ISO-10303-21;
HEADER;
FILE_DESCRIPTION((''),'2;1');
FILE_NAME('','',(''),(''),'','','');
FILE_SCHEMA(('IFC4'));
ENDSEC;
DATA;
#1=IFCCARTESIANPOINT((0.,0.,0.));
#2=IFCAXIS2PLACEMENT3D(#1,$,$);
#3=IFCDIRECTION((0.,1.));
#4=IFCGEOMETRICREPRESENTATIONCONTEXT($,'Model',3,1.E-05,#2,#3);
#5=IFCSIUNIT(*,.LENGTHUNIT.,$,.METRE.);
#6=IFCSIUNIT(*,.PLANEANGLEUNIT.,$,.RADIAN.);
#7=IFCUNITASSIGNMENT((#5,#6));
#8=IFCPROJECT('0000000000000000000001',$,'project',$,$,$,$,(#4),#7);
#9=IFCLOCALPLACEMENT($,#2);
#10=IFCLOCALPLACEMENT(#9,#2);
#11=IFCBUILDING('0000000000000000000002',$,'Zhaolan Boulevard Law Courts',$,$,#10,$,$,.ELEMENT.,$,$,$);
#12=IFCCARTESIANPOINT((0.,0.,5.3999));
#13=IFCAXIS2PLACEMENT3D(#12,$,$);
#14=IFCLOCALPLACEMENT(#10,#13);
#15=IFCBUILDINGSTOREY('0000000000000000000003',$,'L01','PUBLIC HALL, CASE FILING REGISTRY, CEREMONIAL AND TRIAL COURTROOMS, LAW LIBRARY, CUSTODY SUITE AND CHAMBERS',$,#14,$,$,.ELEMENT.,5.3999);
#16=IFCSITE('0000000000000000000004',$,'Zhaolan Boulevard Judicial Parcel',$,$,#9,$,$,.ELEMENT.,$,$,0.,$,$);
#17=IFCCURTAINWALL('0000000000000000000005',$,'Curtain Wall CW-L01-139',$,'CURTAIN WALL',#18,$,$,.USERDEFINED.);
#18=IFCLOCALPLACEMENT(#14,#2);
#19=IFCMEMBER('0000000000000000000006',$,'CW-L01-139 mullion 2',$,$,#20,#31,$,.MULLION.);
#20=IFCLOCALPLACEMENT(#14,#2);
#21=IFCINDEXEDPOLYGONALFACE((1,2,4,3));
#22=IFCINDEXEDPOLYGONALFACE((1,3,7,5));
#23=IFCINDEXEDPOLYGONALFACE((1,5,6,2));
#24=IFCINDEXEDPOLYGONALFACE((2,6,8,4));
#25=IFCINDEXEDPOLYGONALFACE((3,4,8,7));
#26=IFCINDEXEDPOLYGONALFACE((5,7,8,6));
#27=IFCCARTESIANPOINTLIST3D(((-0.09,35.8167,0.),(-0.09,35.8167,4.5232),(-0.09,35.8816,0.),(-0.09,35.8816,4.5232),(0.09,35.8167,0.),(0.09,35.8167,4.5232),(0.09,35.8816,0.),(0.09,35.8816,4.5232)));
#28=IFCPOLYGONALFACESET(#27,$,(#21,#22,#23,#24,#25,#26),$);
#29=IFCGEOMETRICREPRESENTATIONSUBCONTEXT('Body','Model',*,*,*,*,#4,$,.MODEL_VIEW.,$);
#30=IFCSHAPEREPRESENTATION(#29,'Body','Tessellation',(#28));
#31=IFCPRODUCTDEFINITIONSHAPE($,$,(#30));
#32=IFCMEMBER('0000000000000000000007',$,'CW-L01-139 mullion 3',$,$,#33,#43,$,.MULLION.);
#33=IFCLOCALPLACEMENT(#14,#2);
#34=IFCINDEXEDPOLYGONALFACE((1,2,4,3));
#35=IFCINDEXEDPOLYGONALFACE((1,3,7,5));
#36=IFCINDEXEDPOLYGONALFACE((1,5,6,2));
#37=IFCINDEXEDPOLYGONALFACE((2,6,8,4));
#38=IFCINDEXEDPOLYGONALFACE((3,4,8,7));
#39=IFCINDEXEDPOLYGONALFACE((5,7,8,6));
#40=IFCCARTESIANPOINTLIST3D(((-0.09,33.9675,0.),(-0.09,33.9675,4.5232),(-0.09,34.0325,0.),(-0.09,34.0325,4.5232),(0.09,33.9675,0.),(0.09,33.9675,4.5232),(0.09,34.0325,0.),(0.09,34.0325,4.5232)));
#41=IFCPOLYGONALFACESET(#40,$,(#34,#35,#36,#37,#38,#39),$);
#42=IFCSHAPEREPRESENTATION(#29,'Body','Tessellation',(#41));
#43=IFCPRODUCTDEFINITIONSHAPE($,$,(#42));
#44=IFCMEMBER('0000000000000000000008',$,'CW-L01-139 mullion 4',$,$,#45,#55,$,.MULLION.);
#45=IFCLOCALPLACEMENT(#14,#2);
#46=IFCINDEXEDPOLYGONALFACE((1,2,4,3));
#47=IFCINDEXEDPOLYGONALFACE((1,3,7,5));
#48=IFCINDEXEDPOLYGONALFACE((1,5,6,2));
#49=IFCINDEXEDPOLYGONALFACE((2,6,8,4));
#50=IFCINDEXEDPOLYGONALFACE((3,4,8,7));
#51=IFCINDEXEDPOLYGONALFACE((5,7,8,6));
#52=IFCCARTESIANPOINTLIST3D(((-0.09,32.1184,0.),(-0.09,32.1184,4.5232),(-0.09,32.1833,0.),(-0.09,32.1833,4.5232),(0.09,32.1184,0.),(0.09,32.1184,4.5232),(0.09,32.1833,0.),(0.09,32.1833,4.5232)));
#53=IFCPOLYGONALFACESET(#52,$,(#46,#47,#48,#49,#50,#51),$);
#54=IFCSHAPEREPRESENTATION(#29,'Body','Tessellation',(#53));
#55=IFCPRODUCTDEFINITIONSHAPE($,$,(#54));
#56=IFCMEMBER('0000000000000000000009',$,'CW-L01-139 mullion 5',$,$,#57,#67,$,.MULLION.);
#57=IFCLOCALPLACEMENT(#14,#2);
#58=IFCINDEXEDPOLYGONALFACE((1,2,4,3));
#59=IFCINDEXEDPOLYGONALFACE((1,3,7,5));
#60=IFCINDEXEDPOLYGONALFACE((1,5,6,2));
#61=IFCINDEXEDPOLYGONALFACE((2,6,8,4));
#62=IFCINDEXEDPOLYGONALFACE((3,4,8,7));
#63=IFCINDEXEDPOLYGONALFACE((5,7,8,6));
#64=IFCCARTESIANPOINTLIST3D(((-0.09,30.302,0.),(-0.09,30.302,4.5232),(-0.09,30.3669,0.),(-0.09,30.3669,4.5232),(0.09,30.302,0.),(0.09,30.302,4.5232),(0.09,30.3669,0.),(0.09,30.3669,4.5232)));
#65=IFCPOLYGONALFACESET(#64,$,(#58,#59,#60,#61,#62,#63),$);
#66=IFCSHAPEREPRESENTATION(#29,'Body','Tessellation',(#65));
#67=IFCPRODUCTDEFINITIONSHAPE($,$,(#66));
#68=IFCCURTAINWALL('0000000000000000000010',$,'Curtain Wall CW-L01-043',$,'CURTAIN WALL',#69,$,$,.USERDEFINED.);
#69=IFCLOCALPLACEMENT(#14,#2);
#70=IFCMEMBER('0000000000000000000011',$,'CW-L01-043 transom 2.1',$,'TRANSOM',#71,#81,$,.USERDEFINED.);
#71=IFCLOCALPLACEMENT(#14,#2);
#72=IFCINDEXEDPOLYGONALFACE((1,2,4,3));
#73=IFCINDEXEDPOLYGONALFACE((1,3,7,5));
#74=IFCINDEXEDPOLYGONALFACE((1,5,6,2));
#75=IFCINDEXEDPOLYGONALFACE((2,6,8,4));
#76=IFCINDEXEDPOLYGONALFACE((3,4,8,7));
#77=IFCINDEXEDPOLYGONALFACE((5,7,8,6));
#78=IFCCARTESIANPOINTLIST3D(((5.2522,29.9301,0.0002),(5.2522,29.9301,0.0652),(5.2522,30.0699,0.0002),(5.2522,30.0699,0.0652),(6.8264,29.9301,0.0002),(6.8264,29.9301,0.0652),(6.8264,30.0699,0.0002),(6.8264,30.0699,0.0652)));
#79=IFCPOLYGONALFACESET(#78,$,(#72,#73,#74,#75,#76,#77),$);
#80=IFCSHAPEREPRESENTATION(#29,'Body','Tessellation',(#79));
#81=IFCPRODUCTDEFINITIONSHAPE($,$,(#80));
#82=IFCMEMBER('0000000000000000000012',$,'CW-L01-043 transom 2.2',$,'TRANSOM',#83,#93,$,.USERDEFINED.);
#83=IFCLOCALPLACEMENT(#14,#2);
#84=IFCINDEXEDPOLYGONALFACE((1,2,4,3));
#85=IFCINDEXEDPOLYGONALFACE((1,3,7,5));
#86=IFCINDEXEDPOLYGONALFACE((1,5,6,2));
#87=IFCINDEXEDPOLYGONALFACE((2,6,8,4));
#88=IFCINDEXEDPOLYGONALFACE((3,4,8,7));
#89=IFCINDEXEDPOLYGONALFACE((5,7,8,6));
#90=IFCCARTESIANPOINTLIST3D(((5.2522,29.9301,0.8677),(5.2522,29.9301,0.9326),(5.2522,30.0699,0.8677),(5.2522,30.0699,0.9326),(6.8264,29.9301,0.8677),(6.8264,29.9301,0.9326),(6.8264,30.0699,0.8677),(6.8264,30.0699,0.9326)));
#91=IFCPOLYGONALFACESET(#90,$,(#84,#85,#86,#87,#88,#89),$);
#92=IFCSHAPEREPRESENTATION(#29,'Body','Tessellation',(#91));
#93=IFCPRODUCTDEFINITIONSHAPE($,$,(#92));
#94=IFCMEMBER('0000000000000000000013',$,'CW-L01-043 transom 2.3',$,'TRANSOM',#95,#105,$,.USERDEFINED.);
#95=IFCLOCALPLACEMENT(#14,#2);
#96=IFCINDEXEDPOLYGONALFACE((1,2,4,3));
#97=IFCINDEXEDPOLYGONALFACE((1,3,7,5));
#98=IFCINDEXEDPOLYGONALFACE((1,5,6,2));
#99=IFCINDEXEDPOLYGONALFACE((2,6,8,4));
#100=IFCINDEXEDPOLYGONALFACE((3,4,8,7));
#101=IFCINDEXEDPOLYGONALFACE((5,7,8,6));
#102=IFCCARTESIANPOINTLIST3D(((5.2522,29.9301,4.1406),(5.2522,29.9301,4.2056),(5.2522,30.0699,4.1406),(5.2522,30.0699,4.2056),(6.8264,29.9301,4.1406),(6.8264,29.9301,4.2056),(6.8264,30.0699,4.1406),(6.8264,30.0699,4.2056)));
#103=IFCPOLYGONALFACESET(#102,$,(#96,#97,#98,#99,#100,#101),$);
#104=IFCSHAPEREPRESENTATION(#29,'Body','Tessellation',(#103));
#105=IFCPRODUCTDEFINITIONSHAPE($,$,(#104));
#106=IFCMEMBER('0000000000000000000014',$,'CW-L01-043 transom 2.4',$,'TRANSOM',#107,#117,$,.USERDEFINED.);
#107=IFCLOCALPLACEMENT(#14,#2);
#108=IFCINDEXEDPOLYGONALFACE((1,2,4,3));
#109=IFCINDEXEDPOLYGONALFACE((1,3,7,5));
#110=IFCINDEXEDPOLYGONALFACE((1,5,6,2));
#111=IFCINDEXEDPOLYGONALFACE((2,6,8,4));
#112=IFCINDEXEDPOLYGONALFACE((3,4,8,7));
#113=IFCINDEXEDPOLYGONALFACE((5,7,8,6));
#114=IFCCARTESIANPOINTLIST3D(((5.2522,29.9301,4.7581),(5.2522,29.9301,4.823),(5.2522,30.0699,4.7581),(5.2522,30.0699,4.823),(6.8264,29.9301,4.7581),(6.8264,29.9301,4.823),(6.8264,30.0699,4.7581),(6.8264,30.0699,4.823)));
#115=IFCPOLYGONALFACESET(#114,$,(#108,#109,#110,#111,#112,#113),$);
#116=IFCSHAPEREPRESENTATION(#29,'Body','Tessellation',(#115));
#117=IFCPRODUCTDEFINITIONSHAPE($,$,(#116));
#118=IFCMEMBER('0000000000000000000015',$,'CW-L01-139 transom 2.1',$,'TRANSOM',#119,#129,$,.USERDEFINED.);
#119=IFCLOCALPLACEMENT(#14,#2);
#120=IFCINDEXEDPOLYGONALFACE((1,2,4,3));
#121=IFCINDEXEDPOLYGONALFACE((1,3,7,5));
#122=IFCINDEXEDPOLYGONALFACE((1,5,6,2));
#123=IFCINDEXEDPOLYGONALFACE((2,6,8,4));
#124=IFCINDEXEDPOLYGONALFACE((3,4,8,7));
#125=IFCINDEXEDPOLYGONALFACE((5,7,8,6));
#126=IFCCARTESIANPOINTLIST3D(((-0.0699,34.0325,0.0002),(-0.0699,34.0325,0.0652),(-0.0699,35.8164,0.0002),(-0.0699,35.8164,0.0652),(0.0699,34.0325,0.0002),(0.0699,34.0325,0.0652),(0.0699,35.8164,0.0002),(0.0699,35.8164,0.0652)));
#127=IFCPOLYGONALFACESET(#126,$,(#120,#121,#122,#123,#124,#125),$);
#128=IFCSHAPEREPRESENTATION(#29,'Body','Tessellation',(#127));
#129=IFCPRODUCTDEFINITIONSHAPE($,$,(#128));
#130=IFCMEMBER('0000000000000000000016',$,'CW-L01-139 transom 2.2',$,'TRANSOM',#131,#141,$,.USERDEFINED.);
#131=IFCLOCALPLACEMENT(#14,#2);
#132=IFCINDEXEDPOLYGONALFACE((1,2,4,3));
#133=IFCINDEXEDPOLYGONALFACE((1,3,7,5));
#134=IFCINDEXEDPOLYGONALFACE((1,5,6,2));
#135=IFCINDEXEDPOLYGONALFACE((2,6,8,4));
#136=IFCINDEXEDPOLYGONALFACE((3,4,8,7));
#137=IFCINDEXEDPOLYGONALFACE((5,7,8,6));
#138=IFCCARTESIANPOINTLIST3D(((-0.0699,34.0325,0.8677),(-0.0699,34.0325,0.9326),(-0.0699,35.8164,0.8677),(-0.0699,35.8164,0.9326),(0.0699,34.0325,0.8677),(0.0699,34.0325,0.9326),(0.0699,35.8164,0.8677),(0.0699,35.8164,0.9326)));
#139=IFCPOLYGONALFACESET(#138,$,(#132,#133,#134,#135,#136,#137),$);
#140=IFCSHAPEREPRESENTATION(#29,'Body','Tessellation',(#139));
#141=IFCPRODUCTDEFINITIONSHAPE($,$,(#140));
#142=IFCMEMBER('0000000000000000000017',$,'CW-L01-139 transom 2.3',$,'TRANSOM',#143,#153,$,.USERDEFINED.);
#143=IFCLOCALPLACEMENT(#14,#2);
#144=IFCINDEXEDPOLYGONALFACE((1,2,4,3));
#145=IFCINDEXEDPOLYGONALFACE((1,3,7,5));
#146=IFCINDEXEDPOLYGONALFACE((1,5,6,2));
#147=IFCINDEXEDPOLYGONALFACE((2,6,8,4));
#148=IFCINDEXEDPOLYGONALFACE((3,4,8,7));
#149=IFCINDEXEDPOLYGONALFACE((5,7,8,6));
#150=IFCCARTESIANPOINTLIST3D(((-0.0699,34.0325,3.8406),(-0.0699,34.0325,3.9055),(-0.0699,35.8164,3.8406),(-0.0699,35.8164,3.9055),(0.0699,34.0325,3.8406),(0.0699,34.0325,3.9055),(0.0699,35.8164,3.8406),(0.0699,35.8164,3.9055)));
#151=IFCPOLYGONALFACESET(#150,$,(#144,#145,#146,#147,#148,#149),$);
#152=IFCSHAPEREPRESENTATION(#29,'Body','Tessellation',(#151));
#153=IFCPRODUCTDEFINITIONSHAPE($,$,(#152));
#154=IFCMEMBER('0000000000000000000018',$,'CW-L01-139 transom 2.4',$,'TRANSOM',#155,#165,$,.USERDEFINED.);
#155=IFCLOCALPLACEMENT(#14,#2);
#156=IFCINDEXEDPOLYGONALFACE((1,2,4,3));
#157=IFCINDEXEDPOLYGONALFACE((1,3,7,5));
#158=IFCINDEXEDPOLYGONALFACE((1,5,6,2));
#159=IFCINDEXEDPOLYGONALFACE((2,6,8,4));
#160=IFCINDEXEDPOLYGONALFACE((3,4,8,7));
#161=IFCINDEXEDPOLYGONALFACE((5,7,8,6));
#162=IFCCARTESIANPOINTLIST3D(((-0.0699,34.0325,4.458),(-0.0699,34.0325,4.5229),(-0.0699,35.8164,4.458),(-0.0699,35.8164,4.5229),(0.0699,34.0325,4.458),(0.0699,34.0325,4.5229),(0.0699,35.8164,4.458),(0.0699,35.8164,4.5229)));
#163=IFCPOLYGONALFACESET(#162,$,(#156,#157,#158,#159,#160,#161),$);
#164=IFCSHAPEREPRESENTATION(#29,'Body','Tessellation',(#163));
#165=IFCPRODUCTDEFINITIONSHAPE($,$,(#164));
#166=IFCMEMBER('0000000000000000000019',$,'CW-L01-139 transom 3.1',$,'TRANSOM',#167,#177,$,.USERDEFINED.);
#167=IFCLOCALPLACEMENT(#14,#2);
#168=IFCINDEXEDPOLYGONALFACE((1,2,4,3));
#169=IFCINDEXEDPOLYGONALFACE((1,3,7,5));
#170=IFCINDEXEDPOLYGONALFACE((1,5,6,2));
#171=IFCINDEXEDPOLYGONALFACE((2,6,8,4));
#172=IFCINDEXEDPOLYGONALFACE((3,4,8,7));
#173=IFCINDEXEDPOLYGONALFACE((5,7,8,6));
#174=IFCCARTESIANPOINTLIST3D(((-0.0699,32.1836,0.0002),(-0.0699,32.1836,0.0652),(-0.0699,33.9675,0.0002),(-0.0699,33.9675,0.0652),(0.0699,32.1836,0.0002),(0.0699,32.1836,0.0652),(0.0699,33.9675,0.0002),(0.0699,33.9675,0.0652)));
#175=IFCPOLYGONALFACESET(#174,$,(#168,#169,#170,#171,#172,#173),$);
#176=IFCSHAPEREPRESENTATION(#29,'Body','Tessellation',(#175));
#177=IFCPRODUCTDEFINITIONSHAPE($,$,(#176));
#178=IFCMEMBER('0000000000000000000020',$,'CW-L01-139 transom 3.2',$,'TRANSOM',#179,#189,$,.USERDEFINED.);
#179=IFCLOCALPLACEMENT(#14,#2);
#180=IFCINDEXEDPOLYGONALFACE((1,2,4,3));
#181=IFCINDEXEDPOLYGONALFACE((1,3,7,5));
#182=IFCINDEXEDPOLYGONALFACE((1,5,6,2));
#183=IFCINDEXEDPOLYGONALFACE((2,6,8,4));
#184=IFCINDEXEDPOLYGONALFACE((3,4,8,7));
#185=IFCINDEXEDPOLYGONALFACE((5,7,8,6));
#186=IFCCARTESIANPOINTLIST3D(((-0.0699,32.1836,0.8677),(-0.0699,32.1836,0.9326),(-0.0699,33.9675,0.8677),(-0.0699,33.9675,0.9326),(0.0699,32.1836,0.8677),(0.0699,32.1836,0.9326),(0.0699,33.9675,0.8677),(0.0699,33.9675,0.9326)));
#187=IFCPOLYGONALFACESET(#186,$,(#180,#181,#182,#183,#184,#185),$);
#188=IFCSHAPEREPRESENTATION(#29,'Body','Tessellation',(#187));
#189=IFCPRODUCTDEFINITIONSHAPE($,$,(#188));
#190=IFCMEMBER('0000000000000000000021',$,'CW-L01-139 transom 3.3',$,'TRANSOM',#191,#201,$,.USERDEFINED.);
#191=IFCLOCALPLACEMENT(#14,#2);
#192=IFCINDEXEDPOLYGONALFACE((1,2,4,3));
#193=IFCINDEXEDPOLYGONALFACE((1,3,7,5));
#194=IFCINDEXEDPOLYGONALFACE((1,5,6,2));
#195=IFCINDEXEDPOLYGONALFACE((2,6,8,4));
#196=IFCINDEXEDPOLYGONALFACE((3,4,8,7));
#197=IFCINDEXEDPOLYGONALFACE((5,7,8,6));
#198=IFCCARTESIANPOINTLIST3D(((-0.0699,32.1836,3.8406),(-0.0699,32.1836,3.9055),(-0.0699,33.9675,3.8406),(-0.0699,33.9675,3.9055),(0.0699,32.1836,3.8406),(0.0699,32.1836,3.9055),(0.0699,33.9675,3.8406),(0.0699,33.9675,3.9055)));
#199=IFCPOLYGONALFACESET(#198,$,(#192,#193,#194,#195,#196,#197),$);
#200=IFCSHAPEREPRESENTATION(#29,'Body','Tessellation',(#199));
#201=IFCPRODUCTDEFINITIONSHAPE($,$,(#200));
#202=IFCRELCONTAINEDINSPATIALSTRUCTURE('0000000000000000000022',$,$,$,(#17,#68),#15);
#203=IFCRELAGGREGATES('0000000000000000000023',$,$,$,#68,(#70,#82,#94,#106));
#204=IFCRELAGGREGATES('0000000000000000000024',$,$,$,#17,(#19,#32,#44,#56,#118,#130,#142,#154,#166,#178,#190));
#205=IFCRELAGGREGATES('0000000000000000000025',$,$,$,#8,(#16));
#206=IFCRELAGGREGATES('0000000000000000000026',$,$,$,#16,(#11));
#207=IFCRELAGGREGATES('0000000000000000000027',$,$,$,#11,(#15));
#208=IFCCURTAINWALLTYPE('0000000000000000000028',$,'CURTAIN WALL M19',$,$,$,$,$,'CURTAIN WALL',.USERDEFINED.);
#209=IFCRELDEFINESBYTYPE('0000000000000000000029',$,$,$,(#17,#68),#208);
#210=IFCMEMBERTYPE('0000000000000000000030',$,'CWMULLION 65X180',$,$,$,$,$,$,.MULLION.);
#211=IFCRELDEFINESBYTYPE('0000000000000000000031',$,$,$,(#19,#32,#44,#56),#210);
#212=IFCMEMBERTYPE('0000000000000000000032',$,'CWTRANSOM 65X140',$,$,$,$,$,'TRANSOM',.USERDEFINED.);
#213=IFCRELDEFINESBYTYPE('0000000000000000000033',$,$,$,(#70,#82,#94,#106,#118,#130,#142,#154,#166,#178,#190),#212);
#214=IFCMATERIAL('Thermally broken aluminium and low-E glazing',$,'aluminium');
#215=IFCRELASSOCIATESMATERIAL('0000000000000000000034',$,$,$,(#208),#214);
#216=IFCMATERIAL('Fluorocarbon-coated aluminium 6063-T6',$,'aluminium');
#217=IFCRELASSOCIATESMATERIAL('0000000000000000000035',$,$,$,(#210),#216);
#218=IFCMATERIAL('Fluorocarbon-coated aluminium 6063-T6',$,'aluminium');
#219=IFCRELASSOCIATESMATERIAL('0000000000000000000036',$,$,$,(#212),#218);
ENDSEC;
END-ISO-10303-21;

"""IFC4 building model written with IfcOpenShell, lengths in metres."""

from ifc_helpers import new_model, si_unit, direction, frame, origin, origin_2d, place, context, subcontext, project, spatial, rectangle, extrude, material, material_profile, profile_set, type_object, element, aggregate, save


model = new_model("IFC4")

# Units and contexts
model_context = context("Model", 3, precision=1e-05, world=origin(), true_north=direction((0.0, 1.0)))
body_context = subcontext(model_context, "Body", "Model", "MODEL_VIEW")
ifc_project = project(units=[si_unit("LENGTHUNIT", "METRE"), si_unit("PLANEANGLEUNIT", "RADIAN")], contexts=[model_context])

# Site, building, storey
site_placement = place(None, origin())
site = spatial("IfcSite", under=ifc_project, at=site_placement, Name="Zhaolan Boulevard Judicial Parcel", CompositionType="ELEMENT", RefElevation=0.0)
building_placement = place(site_placement, origin())
building = spatial("IfcBuilding", under=site, at=building_placement, Name="Zhaolan Boulevard Law Courts", CompositionType="ELEMENT")
storey_placement = place(building_placement, frame((0.0, 0.0, 5.3999)))
storey = spatial("IfcBuildingStorey", under=building, at=storey_placement, Name="L01", Description="PUBLIC HALL, CASE FILING REGISTRY, CEREMONIAL AND TRIAL COURTROOMS, LAW LIBRARY, CUSTODY SUITE AND CHAMBERS", CompositionType="ELEMENT", Elevation=5.3999)

# Curtain walls, members
ifc_material_1 = material(Name="Thermally broken aluminium and low-E glazing", Category="aluminium")
curtain_wall_type = type_object("IfcCurtainWallType", Name="CURTAIN WALL M19", ElementType="CURTAIN WALL", PredefinedType="USERDEFINED", material=ifc_material_1)
curtain_wall_1_placement = place(storey_placement, origin())
curtain_wall_1 = element("IfcCurtainWall", 1, at=curtain_wall_1_placement, inside=storey, type_object=curtain_wall_type, Name="Curtain Wall CW-L01-139", ObjectType="CURTAIN WALL", PredefinedType="USERDEFINED")
ifc_material_2 = material(Name="Fluorocarbon-coated aluminium 6063-T6", Category="aluminium")
ifc_material_profile_1 = material_profile(ifc_material_2, rectangle(XDim=0.1799, YDim=0.0649, at=origin_2d()), Name="AL65x180")
ifc_profile_set_1 = profile_set([ifc_material_profile_1], Name="Fluorocarbon-coated aluminium 6063-T6")
member_type_1 = type_object("IfcMemberType", Name="CWMULLION 65X180", PredefinedType="MULLION", material=ifc_profile_set_1)
member_1_placement = place(storey_placement, frame((0.0, 35.8491, 0.0), z_axis=(0.0, 0.0, 1.0), x_axis=(1.0, 0.0, 0.0)))
member_1 = element("IfcMember", 2, at=member_1_placement, type_object=member_type_1, Name="CW-L01-139 mullion 2", PredefinedType="MULLION", context=body_context, shape_type="SweptSolid", body=[
    extrude(rectangle(XDim=0.1799, YDim=0.0649, at=origin_2d()), origin(), (0.0, 0.0, 1.0), 4.5232),
])
member_2_placement = place(storey_placement, frame((0.0, 34.0, 0.0), z_axis=(0.0, 0.0, 1.0), x_axis=(1.0, 0.0, 0.0)))
member_2 = element("IfcMember", 3, at=member_2_placement, type_object=member_type_1, Name="CW-L01-139 mullion 3", PredefinedType="MULLION", context=body_context, shape_type="SweptSolid", body=[
    extrude(rectangle(XDim=0.1799, YDim=0.0649, at=origin_2d()), origin(), (0.0, 0.0, 1.0), 4.5232),
])
member_3_placement = place(storey_placement, frame((0.0, 32.1509, 0.0), z_axis=(0.0, 0.0, 1.0), x_axis=(1.0, 0.0, 0.0)))
member_3 = element("IfcMember", 4, at=member_3_placement, type_object=member_type_1, Name="CW-L01-139 mullion 4", PredefinedType="MULLION", context=body_context, shape_type="SweptSolid", body=[
    extrude(rectangle(XDim=0.1799, YDim=0.0649, at=origin_2d()), origin(), (0.0, 0.0, 1.0), 4.5232),
])
member_4_placement = place(storey_placement, frame((0.0, 30.3345, 0.0), z_axis=(0.0, 0.0, 1.0), x_axis=(1.0, 0.0, 0.0)))
member_4 = element("IfcMember", 5, at=member_4_placement, type_object=member_type_1, Name="CW-L01-139 mullion 5", PredefinedType="MULLION", context=body_context, shape_type="SweptSolid", body=[
    extrude(rectangle(XDim=0.1799, YDim=0.0649, at=origin_2d()), origin(), (0.0, 0.0, 1.0), 4.5232),
])
curtain_wall_2_placement = place(storey_placement, origin())
curtain_wall_2 = element("IfcCurtainWall", 6, at=curtain_wall_2_placement, inside=storey, type_object=curtain_wall_type, Name="Curtain Wall CW-L01-043", ObjectType="CURTAIN WALL", PredefinedType="USERDEFINED")
ifc_material_3 = material(Name="Fluorocarbon-coated aluminium 6063-T6", Category="aluminium")
ifc_material_profile_2 = material_profile(ifc_material_3, rectangle(XDim=0.1399, YDim=0.0649, at=origin_2d()), Name="AL65x140")
ifc_profile_set_2 = profile_set([ifc_material_profile_2], Name="Fluorocarbon-coated aluminium 6063-T6")
member_type_2 = type_object("IfcMemberType", Name="CWTRANSOM 65X140", ElementType="TRANSOM", PredefinedType="USERDEFINED", material=ifc_profile_set_2)
member_5_placement = place(storey_placement, frame((6.8264, 30.0, 0.0327), z_axis=(-1.0, 0.0, 0.0), x_axis=(0.0, -1.0, 0.0)))
member_5 = element("IfcMember", 7, at=member_5_placement, type_object=member_type_2, Name="CW-L01-043 transom 2.1", ObjectType="TRANSOM", PredefinedType="USERDEFINED", context=body_context, shape_type="SweptSolid", body=[
    extrude(rectangle(XDim=0.1399, YDim=0.0649, at=origin_2d()), origin(), (0.0, 0.0, 1.0), 1.5742),
])
member_6_placement = place(storey_placement, frame((6.8264, 30.0, 0.9001), z_axis=(-1.0, 0.0, 0.0), x_axis=(0.0, -1.0, 0.0)))
member_6 = element("IfcMember", 8, at=member_6_placement, type_object=member_type_2, Name="CW-L01-043 transom 2.2", ObjectType="TRANSOM", PredefinedType="USERDEFINED", context=body_context, shape_type="SweptSolid", body=[
    extrude(rectangle(XDim=0.1399, YDim=0.0649, at=origin_2d()), origin(), (0.0, 0.0, 1.0), 1.5742),
])
member_7_placement = place(storey_placement, frame((6.8264, 30.0, 4.1731), z_axis=(-1.0, 0.0, 0.0), x_axis=(0.0, -1.0, 0.0)))
member_7 = element("IfcMember", 9, at=member_7_placement, type_object=member_type_2, Name="CW-L01-043 transom 2.3", ObjectType="TRANSOM", PredefinedType="USERDEFINED", context=body_context, shape_type="SweptSolid", body=[
    extrude(rectangle(XDim=0.1399, YDim=0.0649, at=origin_2d()), origin(), (0.0, 0.0, 1.0), 1.5742),
])
member_8_placement = place(storey_placement, frame((6.8264, 30.0, 4.7905), z_axis=(-1.0, 0.0, 0.0), x_axis=(0.0, -1.0, 0.0)))
member_8 = element("IfcMember", 10, at=member_8_placement, type_object=member_type_2, Name="CW-L01-043 transom 2.4", ObjectType="TRANSOM", PredefinedType="USERDEFINED", context=body_context, shape_type="SweptSolid", body=[
    extrude(rectangle(XDim=0.1399, YDim=0.0649, at=origin_2d()), origin(), (0.0, 0.0, 1.0), 1.5742),
])

# Members
member_9_placement = place(storey_placement, frame((0.0, 35.8164, 0.0327), z_axis=(0.0, -1.0, 0.0), x_axis=(1.0, 0.0, 0.0)))
member_9 = element("IfcMember", 11, at=member_9_placement, type_object=member_type_2, Name="CW-L01-139 transom 2.1", ObjectType="TRANSOM", PredefinedType="USERDEFINED", context=body_context, shape_type="SweptSolid", body=[
    extrude(rectangle(XDim=0.1399, YDim=0.0649, at=origin_2d()), origin(), (0.0, 0.0, 1.0), 1.7839),
])
member_10_placement = place(storey_placement, frame((0.0, 35.8164, 0.9001), z_axis=(0.0, -1.0, 0.0), x_axis=(1.0, 0.0, 0.0)))
member_10 = element("IfcMember", 12, at=member_10_placement, type_object=member_type_2, Name="CW-L01-139 transom 2.2", ObjectType="TRANSOM", PredefinedType="USERDEFINED", context=body_context, shape_type="SweptSolid", body=[
    extrude(rectangle(XDim=0.1399, YDim=0.0649, at=origin_2d()), origin(), (0.0, 0.0, 1.0), 1.7839),
])
member_11_placement = place(storey_placement, frame((0.0, 35.8164, 3.873), z_axis=(0.0, -1.0, 0.0), x_axis=(1.0, 0.0, 0.0)))
member_11 = element("IfcMember", 13, at=member_11_placement, type_object=member_type_2, Name="CW-L01-139 transom 2.3", ObjectType="TRANSOM", PredefinedType="USERDEFINED", context=body_context, shape_type="SweptSolid", body=[
    extrude(rectangle(XDim=0.1399, YDim=0.0649, at=origin_2d()), origin(), (0.0, 0.0, 1.0), 1.7839),
])
member_12_placement = place(storey_placement, frame((0.0, 35.8164, 4.4905), z_axis=(0.0, -1.0, 0.0), x_axis=(1.0, 0.0, 0.0)))
member_12 = element("IfcMember", 14, at=member_12_placement, type_object=member_type_2, Name="CW-L01-139 transom 2.4", ObjectType="TRANSOM", PredefinedType="USERDEFINED", context=body_context, shape_type="SweptSolid", body=[
    extrude(rectangle(XDim=0.1399, YDim=0.0649, at=origin_2d()), origin(), (0.0, 0.0, 1.0), 1.7839),
])
member_13_placement = place(storey_placement, frame((0.0, 33.9675, 0.0327), z_axis=(0.0, -1.0, 0.0), x_axis=(1.0, 0.0, 0.0)))
member_13 = element("IfcMember", 15, at=member_13_placement, type_object=member_type_2, Name="CW-L01-139 transom 3.1", ObjectType="TRANSOM", PredefinedType="USERDEFINED", context=body_context, shape_type="SweptSolid", body=[
    extrude(rectangle(XDim=0.1399, YDim=0.0649, at=origin_2d()), origin(), (0.0, 0.0, 1.0), 1.7839),
])
member_14_placement = place(storey_placement, frame((0.0, 33.9675, 0.9001), z_axis=(0.0, -1.0, 0.0), x_axis=(1.0, 0.0, 0.0)))
member_14 = element("IfcMember", 16, at=member_14_placement, type_object=member_type_2, Name="CW-L01-139 transom 3.2", ObjectType="TRANSOM", PredefinedType="USERDEFINED", context=body_context, shape_type="SweptSolid", body=[
    extrude(rectangle(XDim=0.1399, YDim=0.0649, at=origin_2d()), origin(), (0.0, 0.0, 1.0), 1.7839),
])
member_15_placement = place(storey_placement, frame((0.0, 33.9675, 3.873), z_axis=(0.0, -1.0, 0.0), x_axis=(1.0, 0.0, 0.0)))
member_15 = element("IfcMember", 17, at=member_15_placement, type_object=member_type_2, Name="CW-L01-139 transom 3.3", ObjectType="TRANSOM", PredefinedType="USERDEFINED", context=body_context, shape_type="SweptSolid", body=[
    extrude(rectangle(XDim=0.1399, YDim=0.0649, at=origin_2d()), origin(), (0.0, 0.0, 1.0), 1.7839),
])

aggregate(curtain_wall_2, [member_5, member_6, member_7, member_8])
aggregate(curtain_wall_1, [member_1, member_2, member_3, member_4, member_9, member_10, member_11, member_12, member_13, member_14, member_15])

save(model, "model.ifc")
